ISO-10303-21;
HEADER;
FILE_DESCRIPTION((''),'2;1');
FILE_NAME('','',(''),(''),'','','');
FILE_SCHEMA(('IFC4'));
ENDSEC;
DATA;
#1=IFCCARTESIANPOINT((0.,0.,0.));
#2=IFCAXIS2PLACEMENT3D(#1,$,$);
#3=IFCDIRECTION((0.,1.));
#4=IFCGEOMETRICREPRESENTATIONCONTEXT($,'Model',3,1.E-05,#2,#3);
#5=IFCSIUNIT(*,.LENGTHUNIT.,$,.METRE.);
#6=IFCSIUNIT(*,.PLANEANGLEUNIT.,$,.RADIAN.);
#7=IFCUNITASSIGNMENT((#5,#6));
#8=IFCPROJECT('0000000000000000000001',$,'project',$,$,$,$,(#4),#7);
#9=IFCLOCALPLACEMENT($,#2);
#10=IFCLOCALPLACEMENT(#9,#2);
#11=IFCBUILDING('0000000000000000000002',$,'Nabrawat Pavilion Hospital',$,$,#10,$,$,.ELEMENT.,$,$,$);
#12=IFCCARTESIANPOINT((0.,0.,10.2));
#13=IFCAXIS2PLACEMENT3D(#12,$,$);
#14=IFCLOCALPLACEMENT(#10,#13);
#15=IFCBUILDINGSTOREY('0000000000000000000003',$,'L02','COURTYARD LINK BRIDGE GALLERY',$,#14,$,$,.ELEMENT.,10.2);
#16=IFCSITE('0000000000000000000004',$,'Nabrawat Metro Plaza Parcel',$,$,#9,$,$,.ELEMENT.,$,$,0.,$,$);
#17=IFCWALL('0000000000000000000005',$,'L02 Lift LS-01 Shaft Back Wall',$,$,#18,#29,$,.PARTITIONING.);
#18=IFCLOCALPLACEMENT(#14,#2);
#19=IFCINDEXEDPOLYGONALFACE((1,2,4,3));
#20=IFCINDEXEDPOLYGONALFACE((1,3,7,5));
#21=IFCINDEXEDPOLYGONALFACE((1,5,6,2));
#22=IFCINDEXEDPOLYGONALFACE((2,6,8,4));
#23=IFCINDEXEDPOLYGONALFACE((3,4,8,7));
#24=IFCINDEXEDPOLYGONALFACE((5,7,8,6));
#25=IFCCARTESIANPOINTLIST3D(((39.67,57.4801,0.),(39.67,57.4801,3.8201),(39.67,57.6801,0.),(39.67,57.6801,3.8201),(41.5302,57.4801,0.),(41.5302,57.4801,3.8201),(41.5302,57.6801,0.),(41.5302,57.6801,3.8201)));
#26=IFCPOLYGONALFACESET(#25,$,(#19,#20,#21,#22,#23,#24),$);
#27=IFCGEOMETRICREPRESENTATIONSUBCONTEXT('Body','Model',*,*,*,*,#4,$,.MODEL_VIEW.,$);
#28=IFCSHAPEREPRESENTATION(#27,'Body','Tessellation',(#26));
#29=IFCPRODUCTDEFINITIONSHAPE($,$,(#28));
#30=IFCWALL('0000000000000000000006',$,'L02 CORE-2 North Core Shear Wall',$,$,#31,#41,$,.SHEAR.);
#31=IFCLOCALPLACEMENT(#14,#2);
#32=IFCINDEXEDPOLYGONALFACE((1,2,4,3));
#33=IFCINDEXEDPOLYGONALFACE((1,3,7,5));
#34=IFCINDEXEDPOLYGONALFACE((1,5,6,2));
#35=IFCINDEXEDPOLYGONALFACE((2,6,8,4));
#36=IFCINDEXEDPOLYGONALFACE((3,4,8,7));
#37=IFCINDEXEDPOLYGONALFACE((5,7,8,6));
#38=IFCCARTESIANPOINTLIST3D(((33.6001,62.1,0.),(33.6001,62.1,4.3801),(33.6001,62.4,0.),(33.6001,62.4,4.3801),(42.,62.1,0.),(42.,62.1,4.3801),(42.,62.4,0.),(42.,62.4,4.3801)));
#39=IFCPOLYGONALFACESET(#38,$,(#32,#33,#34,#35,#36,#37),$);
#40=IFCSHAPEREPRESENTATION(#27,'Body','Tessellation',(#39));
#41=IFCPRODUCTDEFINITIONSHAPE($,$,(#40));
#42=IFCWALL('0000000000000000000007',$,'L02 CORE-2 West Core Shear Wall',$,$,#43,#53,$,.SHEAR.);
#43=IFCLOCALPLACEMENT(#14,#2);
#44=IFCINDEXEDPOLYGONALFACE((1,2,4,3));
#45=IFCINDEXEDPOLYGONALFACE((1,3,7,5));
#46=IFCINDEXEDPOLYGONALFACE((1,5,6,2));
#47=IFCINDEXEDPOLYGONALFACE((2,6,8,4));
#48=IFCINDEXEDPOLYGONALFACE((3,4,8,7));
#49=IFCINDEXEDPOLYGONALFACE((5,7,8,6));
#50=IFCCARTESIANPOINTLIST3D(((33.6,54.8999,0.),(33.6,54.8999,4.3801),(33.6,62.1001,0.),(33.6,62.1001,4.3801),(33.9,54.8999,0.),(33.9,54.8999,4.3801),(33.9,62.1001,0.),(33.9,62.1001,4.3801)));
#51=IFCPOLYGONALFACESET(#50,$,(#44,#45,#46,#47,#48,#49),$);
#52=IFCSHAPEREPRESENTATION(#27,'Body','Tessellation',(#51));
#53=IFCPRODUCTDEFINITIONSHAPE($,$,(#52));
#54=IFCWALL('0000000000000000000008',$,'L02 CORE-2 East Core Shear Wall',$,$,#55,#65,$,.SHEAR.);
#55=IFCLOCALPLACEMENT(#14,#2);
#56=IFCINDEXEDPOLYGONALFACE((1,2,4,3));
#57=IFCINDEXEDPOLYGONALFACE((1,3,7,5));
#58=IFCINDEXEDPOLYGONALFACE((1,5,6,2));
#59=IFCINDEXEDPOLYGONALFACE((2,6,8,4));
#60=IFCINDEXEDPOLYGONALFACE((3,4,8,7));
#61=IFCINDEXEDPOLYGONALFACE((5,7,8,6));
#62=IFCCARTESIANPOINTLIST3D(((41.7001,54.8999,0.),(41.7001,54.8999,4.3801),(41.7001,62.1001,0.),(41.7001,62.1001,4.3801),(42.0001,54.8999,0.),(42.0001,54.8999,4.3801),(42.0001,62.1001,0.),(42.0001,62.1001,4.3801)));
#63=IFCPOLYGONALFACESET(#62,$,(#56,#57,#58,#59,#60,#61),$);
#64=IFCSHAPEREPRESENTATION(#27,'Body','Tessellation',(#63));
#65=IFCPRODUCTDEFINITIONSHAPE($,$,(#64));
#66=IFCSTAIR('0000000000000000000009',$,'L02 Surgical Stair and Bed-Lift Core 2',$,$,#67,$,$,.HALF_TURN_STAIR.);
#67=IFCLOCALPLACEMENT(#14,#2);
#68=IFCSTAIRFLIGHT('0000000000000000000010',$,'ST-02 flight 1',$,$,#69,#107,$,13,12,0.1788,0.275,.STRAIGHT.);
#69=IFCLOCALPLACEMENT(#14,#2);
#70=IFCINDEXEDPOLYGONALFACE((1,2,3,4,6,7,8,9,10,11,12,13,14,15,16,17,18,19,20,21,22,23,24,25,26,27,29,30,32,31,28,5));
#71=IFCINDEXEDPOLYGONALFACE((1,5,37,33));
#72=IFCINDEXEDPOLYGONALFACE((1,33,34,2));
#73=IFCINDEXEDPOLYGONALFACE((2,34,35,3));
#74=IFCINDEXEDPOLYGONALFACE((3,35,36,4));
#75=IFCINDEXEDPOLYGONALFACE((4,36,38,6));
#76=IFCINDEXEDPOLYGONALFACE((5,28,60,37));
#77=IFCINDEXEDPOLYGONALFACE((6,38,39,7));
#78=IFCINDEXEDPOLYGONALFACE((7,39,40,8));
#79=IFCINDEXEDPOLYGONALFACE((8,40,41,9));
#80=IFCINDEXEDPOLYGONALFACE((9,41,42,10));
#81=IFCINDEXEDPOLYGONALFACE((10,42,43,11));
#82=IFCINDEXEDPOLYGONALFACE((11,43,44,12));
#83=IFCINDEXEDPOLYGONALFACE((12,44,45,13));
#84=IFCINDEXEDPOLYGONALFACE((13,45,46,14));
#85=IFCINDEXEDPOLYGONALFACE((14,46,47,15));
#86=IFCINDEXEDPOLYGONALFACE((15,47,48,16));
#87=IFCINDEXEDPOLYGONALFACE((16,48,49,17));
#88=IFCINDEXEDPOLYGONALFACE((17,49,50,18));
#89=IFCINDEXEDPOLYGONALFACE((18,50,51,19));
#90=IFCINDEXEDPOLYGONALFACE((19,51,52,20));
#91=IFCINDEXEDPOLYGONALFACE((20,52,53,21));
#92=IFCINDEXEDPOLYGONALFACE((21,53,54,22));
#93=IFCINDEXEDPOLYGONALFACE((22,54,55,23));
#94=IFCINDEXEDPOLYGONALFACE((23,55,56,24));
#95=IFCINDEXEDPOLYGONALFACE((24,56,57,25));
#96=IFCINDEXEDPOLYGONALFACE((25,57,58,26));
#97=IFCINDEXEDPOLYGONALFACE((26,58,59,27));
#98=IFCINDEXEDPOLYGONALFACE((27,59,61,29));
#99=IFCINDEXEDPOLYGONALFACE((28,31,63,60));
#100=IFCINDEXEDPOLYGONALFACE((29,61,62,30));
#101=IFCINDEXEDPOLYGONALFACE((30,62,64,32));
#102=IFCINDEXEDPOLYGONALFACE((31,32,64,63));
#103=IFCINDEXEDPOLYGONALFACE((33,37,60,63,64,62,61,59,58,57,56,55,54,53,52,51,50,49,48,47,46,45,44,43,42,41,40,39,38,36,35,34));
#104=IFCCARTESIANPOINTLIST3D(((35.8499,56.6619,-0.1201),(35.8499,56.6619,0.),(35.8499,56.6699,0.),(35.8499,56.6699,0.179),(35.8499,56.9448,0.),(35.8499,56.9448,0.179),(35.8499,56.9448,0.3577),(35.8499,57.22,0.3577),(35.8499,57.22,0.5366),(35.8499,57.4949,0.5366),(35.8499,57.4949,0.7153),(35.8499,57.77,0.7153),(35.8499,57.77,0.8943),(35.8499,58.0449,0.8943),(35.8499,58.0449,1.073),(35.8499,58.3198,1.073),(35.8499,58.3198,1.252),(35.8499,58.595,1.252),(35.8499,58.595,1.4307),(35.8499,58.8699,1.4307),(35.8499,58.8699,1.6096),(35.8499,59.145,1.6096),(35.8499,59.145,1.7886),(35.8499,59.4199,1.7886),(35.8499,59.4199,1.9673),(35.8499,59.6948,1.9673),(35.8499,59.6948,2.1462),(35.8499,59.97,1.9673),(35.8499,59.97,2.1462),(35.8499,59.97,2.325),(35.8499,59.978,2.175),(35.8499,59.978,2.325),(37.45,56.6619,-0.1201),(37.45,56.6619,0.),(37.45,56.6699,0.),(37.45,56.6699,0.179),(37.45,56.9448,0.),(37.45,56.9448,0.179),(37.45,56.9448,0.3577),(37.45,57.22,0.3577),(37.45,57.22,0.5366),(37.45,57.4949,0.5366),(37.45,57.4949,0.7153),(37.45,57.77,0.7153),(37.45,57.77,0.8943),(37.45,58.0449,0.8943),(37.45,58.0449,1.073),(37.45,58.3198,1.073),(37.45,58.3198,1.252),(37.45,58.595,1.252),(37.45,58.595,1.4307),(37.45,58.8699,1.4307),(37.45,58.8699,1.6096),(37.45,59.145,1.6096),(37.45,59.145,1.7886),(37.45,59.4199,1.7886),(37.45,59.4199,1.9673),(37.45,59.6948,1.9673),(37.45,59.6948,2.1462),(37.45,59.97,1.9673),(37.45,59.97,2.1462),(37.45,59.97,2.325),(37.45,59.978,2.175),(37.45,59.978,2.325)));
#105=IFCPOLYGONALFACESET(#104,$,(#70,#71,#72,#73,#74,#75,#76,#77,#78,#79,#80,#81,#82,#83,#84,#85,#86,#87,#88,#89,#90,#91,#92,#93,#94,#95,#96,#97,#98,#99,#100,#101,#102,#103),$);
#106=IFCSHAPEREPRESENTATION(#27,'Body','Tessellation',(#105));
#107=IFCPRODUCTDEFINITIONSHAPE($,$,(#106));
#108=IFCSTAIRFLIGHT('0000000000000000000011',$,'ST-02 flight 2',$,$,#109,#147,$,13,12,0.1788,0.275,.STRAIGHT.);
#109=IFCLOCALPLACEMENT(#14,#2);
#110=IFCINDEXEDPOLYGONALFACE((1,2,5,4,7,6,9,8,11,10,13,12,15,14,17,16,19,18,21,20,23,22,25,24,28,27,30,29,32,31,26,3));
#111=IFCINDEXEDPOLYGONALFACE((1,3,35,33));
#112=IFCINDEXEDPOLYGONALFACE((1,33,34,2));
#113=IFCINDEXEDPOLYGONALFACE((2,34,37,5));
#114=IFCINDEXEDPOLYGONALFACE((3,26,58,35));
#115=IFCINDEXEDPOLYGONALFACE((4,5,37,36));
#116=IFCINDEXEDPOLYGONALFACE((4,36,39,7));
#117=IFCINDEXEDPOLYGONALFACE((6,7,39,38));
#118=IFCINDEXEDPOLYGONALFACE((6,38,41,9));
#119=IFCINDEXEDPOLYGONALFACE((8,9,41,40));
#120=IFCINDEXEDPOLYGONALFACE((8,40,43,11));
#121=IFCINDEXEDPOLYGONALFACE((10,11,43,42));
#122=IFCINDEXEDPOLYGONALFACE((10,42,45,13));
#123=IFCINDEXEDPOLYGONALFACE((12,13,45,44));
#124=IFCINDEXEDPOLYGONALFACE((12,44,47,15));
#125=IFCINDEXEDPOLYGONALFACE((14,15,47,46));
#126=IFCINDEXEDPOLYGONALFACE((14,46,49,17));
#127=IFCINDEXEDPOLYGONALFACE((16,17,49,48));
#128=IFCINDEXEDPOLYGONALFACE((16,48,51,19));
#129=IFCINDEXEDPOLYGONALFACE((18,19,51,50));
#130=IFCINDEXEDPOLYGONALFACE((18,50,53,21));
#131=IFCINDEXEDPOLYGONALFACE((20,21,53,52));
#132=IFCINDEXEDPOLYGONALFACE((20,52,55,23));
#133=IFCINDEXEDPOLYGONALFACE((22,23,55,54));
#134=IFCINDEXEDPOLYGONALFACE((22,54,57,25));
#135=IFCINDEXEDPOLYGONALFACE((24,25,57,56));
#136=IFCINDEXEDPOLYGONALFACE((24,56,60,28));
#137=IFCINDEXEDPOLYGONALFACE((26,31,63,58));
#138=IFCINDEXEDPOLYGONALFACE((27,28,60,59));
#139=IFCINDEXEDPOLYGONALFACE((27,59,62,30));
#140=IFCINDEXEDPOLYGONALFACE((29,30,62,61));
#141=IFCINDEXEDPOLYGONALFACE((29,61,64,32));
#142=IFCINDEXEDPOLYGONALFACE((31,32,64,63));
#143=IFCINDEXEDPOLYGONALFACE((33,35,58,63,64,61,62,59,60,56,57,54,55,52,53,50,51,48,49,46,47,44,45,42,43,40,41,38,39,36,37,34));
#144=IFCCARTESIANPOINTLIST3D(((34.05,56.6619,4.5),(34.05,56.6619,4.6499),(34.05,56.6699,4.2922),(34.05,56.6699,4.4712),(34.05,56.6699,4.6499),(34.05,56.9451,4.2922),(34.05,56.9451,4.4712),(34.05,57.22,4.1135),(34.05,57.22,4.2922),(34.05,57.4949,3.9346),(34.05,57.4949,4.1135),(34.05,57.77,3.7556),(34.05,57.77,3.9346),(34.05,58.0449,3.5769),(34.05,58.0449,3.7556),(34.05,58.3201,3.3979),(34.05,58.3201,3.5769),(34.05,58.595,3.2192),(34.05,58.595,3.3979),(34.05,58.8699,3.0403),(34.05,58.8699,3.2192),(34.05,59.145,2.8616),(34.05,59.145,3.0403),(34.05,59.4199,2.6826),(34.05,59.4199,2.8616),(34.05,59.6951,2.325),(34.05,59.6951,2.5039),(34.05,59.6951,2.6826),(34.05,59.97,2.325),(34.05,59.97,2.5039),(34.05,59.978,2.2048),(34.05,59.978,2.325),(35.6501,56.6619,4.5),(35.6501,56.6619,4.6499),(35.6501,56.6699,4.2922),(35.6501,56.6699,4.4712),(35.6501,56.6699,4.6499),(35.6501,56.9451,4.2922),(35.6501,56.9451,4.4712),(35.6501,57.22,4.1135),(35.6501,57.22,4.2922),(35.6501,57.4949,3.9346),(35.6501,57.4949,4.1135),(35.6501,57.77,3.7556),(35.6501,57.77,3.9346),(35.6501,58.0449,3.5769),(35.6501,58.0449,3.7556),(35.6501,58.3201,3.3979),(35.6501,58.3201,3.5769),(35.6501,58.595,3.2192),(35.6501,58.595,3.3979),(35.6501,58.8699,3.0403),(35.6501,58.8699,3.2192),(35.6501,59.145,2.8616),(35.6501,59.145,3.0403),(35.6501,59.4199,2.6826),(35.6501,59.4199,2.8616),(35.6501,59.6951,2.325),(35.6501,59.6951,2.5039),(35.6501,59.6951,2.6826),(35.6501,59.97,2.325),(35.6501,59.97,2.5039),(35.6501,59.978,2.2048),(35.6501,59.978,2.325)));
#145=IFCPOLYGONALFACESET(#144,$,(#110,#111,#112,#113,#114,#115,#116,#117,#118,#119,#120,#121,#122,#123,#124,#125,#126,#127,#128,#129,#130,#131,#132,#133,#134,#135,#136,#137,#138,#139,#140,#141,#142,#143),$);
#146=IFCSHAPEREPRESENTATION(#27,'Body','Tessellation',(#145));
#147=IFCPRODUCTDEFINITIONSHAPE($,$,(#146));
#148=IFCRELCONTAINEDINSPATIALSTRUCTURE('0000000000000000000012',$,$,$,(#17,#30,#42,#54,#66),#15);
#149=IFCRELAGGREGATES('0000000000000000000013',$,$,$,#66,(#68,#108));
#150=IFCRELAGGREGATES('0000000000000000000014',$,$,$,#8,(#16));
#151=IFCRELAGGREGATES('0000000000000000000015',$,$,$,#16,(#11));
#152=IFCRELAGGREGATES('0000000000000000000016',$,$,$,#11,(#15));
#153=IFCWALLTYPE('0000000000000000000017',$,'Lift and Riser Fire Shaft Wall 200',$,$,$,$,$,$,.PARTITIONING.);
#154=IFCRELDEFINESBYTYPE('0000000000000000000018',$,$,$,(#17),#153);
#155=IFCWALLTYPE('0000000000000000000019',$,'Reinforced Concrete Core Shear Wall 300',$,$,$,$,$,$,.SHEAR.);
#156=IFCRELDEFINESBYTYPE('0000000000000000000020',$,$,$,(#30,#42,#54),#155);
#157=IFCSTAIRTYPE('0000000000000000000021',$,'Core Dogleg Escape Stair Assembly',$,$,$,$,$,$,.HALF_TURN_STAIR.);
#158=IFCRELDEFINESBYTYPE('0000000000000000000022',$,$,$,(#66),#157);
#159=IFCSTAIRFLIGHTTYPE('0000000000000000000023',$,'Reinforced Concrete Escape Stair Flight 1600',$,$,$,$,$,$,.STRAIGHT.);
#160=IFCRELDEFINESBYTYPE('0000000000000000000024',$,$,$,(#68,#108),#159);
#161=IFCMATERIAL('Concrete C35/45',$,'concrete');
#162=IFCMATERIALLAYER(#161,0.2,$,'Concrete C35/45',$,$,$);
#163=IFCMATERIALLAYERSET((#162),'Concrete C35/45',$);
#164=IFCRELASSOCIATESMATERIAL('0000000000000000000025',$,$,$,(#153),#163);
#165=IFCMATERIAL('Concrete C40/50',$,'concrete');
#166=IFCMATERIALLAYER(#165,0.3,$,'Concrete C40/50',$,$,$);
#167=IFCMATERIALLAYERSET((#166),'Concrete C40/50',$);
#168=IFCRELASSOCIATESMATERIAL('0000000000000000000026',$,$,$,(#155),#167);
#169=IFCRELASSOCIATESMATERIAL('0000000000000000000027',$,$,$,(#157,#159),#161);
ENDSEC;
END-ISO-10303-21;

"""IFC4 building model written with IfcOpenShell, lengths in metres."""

from ifc_helpers import new_model, si_unit, direction, frame, frame_2d, origin, place, context, subcontext, project, spatial, polyline, rectangle, outline, extrude, material, layer, layer_set, type_object, element, aggregate, save


model = new_model("IFC4")

# Units and contexts
model_context = context("Model", 3, precision=1e-05, world=origin(), true_north=direction((0.0, 1.0)))
body_context = subcontext(model_context, "Body", "Model", "MODEL_VIEW")
ifc_project = project(units=[si_unit("LENGTHUNIT", "METRE"), si_unit("PLANEANGLEUNIT", "RADIAN")], contexts=[model_context])

# Site, building, storey
site_placement = place(None, origin())
site = spatial("IfcSite", under=ifc_project, at=site_placement, Name="Nabrawat Metro Plaza Parcel", CompositionType="ELEMENT", RefElevation=0.0)
building_placement = place(site_placement, origin())
building = spatial("IfcBuilding", under=site, at=building_placement, Name="Nabrawat Pavilion Hospital", CompositionType="ELEMENT")
storey_placement = place(building_placement, frame((0.0, 0.0, 10.2)))
storey = spatial("IfcBuildingStorey", under=building, at=storey_placement, Name="L02", Description="COURTYARD LINK BRIDGE GALLERY", CompositionType="ELEMENT", Elevation=10.2)

# Wall
ifc_material_1 = material(Name="Concrete C35/45", Category="concrete")
ifc_layer_1 = layer(ifc_material_1, 0.2, Name="Concrete C35/45")
ifc_layer_set_1 = layer_set([ifc_layer_1], Name="Concrete C35/45")
wall_type_1 = type_object("IfcWallType", Name="Lift and Riser Fire Shaft Wall 200", PredefinedType="PARTITIONING", material=ifc_layer_set_1)
wall_1_placement = place(storey_placement, frame((39.6699, 57.5801, 0.0), z_axis=(0.0, 0.0, 1.0), x_axis=(1.0, 0.0, 0.0)))
element("IfcWall", 1, at=wall_1_placement, inside=storey, type_object=wall_type_1, Name="L02 Lift LS-01 Shaft Back Wall", PredefinedType="PARTITIONING", context=body_context, shape_type="SweptSolid", body=[
    extrude(rectangle(XDim=1.8601, YDim=0.2, at=frame_2d((0.9302, 0.0))), origin(), (0.0, 0.0, 1.0), 3.8201),
])

# Shared definitions
ifc_material_2 = material(Name="Concrete C40/50", Category="concrete")
ifc_layer_2 = layer(ifc_material_2, 0.3, Name="Concrete C40/50")
ifc_layer_set_2 = layer_set([ifc_layer_2], Name="Concrete C40/50")
wall_type_2 = type_object("IfcWallType", Name="Reinforced Concrete Core Shear Wall 300", PredefinedType="SHEAR", material=ifc_layer_set_2)

# Walls
wall_2_placement = place(storey_placement, frame((33.6001, 62.25, 0.0), z_axis=(0.0, 0.0, 1.0), x_axis=(1.0, 0.0, 0.0)))
element("IfcWall", 2, at=wall_2_placement, inside=storey, type_object=wall_type_2, Name="L02 CORE-2 North Core Shear Wall", PredefinedType="SHEAR", context=body_context, shape_type="SweptSolid", body=[
    extrude(rectangle(XDim=8.3999, YDim=0.3, at=frame_2d((4.2, 0.0))), origin(), (0.0, 0.0, 1.0), 4.3801),
])
for number, where, z_axis, x_axis, name in (
    (3, (33.75, 54.8999, 0.0), (0.0, 0.0, 1.0), (0.0, 1.0, 0.0), "L02 CORE-2 West Core Shear Wall"),
    (4, (41.8501, 54.8999, 0.0), (0.0, 0.0, 1.0), (0.0, 1.0, 0.0), "L02 CORE-2 East Core Shear Wall"),
):
    element("IfcWall", number, at=place(storey_placement, frame(where, z_axis=z_axis, x_axis=x_axis)), inside=storey, type_object=wall_type_2, Name=name, PredefinedType="SHEAR", context=body_context, shape_type="SweptSolid", body=[
        extrude(rectangle(XDim=7.2002, YDim=0.3, at=frame_2d((3.6001, 0.0))), origin(), (0.0, 0.0, 1.0), 4.3801),
    ])

# Stair, stair flights
stair_type = type_object("IfcStairType", Name="Core Dogleg Escape Stair Assembly", PredefinedType="HALF_TURN_STAIR", material=ifc_material_1)
stair_placement = place(storey_placement, origin())
stair = element("IfcStair", 5, at=stair_placement, inside=storey, type_object=stair_type, Name="L02 Surgical Stair and Bed-Lift Core 2", PredefinedType="HALF_TURN_STAIR")
stair_flight_type = type_object("IfcStairFlightType", Name="Reinforced Concrete Escape Stair Flight 1600", PredefinedType="STRAIGHT", material=ifc_material_1)
stair_flight_1_placement = place(storey_placement, frame((36.6499, 56.6699, 0.0), z_axis=(0.0, 0.0, 1.0), x_axis=(0.0, 1.0, 0.0)))
stair_flight_1 = element("IfcStairFlight", 6, at=stair_flight_1_placement, type_object=stair_flight_type, Name="ST-02 flight 1", NumberOfRisers=13, NumberOfTreads=12, PredefinedType="STRAIGHT", RiserHeight=0.1788, TreadLength=0.275, context=body_context, shape_type="SweptSolid", body=[
    extrude(outline(polyline([(-0.0081, 0.0), (0.0, 0.0), (0.0, 0.179), (0.2749, 0.179), (0.2749, 0.3577), (0.55, 0.3577), (0.55, 0.5366), (0.825, 0.5366), (0.825, 0.7153), (1.1001, 0.7153), (1.1001, 0.8943), (1.375, 0.8943), (1.375, 1.073), (1.6499, 1.073), (1.6499, 1.252), (1.925, 1.252), (1.925, 1.4307), (2.2, 1.4307), (2.2, 1.6096), (2.4751, 1.6096), (2.4751, 1.7886), (2.75, 1.7886), (2.75, 1.9673), (3.0249, 1.9673), (3.0249, 2.1462), (3.3, 2.1462), (3.3, 2.325), (3.3081, 2.325), (3.3081, 2.175), (3.3, 1.9673), (0.2749, 0.0), (-0.0081, -0.1201), (-0.0081, 0.0)])), frame((0.0, 0.8, 0.0), z_axis=(0.0, -1.0, 0.0), x_axis=(1.0, 0.0, 0.0)), (0.0, 0.0, 1.0), 1.6001),
])
stair_flight_2_placement = place(storey_placement, frame((34.8501, 59.97, 2.325), z_axis=(0.0, 0.0, 1.0), x_axis=(0.0, -1.0, 0.0)))
stair_flight_2 = element("IfcStairFlight", 7, at=stair_flight_2_placement, type_object=stair_flight_type, Name="ST-02 flight 2", NumberOfRisers=13, NumberOfTreads=12, PredefinedType="STRAIGHT", RiserHeight=0.1788, TreadLength=0.275, context=body_context, shape_type="SweptSolid", body=[
    extrude(outline(polyline([(-0.0081, 0.0), (0.0, 0.0), (0.0, 0.179), (0.2749, 0.179), (0.2749, 0.3577), (0.55, 0.3577), (0.55, 0.5366), (0.825, 0.5366), (0.825, 0.7153), (1.1001, 0.7153), (1.1001, 0.8943), (1.375, 0.8943), (1.375, 1.073), (1.6499, 1.073), (1.6499, 1.252), (1.925, 1.252), (1.925, 1.4307), (2.2, 1.4307), (2.2, 1.6096), (2.4751, 1.6096), (2.4751, 1.7886), (2.75, 1.7886), (2.75, 1.9673), (3.0249, 1.9673), (3.0249, 2.1462), (3.3, 2.1462), (3.3, 2.325), (3.3081, 2.325), (3.3081, 2.175), (3.3, 1.9673), (0.2749, 0.0), (-0.0081, -0.1201), (-0.0081, 0.0)])), frame((0.0, 0.8, 0.0), z_axis=(0.0, -1.0, 0.0), x_axis=(1.0, 0.0, 0.0)), (0.0, 0.0, 1.0), 1.6001),
])
aggregate(stair, [stair_flight_1, stair_flight_2])

save(model, "model.ifc")
